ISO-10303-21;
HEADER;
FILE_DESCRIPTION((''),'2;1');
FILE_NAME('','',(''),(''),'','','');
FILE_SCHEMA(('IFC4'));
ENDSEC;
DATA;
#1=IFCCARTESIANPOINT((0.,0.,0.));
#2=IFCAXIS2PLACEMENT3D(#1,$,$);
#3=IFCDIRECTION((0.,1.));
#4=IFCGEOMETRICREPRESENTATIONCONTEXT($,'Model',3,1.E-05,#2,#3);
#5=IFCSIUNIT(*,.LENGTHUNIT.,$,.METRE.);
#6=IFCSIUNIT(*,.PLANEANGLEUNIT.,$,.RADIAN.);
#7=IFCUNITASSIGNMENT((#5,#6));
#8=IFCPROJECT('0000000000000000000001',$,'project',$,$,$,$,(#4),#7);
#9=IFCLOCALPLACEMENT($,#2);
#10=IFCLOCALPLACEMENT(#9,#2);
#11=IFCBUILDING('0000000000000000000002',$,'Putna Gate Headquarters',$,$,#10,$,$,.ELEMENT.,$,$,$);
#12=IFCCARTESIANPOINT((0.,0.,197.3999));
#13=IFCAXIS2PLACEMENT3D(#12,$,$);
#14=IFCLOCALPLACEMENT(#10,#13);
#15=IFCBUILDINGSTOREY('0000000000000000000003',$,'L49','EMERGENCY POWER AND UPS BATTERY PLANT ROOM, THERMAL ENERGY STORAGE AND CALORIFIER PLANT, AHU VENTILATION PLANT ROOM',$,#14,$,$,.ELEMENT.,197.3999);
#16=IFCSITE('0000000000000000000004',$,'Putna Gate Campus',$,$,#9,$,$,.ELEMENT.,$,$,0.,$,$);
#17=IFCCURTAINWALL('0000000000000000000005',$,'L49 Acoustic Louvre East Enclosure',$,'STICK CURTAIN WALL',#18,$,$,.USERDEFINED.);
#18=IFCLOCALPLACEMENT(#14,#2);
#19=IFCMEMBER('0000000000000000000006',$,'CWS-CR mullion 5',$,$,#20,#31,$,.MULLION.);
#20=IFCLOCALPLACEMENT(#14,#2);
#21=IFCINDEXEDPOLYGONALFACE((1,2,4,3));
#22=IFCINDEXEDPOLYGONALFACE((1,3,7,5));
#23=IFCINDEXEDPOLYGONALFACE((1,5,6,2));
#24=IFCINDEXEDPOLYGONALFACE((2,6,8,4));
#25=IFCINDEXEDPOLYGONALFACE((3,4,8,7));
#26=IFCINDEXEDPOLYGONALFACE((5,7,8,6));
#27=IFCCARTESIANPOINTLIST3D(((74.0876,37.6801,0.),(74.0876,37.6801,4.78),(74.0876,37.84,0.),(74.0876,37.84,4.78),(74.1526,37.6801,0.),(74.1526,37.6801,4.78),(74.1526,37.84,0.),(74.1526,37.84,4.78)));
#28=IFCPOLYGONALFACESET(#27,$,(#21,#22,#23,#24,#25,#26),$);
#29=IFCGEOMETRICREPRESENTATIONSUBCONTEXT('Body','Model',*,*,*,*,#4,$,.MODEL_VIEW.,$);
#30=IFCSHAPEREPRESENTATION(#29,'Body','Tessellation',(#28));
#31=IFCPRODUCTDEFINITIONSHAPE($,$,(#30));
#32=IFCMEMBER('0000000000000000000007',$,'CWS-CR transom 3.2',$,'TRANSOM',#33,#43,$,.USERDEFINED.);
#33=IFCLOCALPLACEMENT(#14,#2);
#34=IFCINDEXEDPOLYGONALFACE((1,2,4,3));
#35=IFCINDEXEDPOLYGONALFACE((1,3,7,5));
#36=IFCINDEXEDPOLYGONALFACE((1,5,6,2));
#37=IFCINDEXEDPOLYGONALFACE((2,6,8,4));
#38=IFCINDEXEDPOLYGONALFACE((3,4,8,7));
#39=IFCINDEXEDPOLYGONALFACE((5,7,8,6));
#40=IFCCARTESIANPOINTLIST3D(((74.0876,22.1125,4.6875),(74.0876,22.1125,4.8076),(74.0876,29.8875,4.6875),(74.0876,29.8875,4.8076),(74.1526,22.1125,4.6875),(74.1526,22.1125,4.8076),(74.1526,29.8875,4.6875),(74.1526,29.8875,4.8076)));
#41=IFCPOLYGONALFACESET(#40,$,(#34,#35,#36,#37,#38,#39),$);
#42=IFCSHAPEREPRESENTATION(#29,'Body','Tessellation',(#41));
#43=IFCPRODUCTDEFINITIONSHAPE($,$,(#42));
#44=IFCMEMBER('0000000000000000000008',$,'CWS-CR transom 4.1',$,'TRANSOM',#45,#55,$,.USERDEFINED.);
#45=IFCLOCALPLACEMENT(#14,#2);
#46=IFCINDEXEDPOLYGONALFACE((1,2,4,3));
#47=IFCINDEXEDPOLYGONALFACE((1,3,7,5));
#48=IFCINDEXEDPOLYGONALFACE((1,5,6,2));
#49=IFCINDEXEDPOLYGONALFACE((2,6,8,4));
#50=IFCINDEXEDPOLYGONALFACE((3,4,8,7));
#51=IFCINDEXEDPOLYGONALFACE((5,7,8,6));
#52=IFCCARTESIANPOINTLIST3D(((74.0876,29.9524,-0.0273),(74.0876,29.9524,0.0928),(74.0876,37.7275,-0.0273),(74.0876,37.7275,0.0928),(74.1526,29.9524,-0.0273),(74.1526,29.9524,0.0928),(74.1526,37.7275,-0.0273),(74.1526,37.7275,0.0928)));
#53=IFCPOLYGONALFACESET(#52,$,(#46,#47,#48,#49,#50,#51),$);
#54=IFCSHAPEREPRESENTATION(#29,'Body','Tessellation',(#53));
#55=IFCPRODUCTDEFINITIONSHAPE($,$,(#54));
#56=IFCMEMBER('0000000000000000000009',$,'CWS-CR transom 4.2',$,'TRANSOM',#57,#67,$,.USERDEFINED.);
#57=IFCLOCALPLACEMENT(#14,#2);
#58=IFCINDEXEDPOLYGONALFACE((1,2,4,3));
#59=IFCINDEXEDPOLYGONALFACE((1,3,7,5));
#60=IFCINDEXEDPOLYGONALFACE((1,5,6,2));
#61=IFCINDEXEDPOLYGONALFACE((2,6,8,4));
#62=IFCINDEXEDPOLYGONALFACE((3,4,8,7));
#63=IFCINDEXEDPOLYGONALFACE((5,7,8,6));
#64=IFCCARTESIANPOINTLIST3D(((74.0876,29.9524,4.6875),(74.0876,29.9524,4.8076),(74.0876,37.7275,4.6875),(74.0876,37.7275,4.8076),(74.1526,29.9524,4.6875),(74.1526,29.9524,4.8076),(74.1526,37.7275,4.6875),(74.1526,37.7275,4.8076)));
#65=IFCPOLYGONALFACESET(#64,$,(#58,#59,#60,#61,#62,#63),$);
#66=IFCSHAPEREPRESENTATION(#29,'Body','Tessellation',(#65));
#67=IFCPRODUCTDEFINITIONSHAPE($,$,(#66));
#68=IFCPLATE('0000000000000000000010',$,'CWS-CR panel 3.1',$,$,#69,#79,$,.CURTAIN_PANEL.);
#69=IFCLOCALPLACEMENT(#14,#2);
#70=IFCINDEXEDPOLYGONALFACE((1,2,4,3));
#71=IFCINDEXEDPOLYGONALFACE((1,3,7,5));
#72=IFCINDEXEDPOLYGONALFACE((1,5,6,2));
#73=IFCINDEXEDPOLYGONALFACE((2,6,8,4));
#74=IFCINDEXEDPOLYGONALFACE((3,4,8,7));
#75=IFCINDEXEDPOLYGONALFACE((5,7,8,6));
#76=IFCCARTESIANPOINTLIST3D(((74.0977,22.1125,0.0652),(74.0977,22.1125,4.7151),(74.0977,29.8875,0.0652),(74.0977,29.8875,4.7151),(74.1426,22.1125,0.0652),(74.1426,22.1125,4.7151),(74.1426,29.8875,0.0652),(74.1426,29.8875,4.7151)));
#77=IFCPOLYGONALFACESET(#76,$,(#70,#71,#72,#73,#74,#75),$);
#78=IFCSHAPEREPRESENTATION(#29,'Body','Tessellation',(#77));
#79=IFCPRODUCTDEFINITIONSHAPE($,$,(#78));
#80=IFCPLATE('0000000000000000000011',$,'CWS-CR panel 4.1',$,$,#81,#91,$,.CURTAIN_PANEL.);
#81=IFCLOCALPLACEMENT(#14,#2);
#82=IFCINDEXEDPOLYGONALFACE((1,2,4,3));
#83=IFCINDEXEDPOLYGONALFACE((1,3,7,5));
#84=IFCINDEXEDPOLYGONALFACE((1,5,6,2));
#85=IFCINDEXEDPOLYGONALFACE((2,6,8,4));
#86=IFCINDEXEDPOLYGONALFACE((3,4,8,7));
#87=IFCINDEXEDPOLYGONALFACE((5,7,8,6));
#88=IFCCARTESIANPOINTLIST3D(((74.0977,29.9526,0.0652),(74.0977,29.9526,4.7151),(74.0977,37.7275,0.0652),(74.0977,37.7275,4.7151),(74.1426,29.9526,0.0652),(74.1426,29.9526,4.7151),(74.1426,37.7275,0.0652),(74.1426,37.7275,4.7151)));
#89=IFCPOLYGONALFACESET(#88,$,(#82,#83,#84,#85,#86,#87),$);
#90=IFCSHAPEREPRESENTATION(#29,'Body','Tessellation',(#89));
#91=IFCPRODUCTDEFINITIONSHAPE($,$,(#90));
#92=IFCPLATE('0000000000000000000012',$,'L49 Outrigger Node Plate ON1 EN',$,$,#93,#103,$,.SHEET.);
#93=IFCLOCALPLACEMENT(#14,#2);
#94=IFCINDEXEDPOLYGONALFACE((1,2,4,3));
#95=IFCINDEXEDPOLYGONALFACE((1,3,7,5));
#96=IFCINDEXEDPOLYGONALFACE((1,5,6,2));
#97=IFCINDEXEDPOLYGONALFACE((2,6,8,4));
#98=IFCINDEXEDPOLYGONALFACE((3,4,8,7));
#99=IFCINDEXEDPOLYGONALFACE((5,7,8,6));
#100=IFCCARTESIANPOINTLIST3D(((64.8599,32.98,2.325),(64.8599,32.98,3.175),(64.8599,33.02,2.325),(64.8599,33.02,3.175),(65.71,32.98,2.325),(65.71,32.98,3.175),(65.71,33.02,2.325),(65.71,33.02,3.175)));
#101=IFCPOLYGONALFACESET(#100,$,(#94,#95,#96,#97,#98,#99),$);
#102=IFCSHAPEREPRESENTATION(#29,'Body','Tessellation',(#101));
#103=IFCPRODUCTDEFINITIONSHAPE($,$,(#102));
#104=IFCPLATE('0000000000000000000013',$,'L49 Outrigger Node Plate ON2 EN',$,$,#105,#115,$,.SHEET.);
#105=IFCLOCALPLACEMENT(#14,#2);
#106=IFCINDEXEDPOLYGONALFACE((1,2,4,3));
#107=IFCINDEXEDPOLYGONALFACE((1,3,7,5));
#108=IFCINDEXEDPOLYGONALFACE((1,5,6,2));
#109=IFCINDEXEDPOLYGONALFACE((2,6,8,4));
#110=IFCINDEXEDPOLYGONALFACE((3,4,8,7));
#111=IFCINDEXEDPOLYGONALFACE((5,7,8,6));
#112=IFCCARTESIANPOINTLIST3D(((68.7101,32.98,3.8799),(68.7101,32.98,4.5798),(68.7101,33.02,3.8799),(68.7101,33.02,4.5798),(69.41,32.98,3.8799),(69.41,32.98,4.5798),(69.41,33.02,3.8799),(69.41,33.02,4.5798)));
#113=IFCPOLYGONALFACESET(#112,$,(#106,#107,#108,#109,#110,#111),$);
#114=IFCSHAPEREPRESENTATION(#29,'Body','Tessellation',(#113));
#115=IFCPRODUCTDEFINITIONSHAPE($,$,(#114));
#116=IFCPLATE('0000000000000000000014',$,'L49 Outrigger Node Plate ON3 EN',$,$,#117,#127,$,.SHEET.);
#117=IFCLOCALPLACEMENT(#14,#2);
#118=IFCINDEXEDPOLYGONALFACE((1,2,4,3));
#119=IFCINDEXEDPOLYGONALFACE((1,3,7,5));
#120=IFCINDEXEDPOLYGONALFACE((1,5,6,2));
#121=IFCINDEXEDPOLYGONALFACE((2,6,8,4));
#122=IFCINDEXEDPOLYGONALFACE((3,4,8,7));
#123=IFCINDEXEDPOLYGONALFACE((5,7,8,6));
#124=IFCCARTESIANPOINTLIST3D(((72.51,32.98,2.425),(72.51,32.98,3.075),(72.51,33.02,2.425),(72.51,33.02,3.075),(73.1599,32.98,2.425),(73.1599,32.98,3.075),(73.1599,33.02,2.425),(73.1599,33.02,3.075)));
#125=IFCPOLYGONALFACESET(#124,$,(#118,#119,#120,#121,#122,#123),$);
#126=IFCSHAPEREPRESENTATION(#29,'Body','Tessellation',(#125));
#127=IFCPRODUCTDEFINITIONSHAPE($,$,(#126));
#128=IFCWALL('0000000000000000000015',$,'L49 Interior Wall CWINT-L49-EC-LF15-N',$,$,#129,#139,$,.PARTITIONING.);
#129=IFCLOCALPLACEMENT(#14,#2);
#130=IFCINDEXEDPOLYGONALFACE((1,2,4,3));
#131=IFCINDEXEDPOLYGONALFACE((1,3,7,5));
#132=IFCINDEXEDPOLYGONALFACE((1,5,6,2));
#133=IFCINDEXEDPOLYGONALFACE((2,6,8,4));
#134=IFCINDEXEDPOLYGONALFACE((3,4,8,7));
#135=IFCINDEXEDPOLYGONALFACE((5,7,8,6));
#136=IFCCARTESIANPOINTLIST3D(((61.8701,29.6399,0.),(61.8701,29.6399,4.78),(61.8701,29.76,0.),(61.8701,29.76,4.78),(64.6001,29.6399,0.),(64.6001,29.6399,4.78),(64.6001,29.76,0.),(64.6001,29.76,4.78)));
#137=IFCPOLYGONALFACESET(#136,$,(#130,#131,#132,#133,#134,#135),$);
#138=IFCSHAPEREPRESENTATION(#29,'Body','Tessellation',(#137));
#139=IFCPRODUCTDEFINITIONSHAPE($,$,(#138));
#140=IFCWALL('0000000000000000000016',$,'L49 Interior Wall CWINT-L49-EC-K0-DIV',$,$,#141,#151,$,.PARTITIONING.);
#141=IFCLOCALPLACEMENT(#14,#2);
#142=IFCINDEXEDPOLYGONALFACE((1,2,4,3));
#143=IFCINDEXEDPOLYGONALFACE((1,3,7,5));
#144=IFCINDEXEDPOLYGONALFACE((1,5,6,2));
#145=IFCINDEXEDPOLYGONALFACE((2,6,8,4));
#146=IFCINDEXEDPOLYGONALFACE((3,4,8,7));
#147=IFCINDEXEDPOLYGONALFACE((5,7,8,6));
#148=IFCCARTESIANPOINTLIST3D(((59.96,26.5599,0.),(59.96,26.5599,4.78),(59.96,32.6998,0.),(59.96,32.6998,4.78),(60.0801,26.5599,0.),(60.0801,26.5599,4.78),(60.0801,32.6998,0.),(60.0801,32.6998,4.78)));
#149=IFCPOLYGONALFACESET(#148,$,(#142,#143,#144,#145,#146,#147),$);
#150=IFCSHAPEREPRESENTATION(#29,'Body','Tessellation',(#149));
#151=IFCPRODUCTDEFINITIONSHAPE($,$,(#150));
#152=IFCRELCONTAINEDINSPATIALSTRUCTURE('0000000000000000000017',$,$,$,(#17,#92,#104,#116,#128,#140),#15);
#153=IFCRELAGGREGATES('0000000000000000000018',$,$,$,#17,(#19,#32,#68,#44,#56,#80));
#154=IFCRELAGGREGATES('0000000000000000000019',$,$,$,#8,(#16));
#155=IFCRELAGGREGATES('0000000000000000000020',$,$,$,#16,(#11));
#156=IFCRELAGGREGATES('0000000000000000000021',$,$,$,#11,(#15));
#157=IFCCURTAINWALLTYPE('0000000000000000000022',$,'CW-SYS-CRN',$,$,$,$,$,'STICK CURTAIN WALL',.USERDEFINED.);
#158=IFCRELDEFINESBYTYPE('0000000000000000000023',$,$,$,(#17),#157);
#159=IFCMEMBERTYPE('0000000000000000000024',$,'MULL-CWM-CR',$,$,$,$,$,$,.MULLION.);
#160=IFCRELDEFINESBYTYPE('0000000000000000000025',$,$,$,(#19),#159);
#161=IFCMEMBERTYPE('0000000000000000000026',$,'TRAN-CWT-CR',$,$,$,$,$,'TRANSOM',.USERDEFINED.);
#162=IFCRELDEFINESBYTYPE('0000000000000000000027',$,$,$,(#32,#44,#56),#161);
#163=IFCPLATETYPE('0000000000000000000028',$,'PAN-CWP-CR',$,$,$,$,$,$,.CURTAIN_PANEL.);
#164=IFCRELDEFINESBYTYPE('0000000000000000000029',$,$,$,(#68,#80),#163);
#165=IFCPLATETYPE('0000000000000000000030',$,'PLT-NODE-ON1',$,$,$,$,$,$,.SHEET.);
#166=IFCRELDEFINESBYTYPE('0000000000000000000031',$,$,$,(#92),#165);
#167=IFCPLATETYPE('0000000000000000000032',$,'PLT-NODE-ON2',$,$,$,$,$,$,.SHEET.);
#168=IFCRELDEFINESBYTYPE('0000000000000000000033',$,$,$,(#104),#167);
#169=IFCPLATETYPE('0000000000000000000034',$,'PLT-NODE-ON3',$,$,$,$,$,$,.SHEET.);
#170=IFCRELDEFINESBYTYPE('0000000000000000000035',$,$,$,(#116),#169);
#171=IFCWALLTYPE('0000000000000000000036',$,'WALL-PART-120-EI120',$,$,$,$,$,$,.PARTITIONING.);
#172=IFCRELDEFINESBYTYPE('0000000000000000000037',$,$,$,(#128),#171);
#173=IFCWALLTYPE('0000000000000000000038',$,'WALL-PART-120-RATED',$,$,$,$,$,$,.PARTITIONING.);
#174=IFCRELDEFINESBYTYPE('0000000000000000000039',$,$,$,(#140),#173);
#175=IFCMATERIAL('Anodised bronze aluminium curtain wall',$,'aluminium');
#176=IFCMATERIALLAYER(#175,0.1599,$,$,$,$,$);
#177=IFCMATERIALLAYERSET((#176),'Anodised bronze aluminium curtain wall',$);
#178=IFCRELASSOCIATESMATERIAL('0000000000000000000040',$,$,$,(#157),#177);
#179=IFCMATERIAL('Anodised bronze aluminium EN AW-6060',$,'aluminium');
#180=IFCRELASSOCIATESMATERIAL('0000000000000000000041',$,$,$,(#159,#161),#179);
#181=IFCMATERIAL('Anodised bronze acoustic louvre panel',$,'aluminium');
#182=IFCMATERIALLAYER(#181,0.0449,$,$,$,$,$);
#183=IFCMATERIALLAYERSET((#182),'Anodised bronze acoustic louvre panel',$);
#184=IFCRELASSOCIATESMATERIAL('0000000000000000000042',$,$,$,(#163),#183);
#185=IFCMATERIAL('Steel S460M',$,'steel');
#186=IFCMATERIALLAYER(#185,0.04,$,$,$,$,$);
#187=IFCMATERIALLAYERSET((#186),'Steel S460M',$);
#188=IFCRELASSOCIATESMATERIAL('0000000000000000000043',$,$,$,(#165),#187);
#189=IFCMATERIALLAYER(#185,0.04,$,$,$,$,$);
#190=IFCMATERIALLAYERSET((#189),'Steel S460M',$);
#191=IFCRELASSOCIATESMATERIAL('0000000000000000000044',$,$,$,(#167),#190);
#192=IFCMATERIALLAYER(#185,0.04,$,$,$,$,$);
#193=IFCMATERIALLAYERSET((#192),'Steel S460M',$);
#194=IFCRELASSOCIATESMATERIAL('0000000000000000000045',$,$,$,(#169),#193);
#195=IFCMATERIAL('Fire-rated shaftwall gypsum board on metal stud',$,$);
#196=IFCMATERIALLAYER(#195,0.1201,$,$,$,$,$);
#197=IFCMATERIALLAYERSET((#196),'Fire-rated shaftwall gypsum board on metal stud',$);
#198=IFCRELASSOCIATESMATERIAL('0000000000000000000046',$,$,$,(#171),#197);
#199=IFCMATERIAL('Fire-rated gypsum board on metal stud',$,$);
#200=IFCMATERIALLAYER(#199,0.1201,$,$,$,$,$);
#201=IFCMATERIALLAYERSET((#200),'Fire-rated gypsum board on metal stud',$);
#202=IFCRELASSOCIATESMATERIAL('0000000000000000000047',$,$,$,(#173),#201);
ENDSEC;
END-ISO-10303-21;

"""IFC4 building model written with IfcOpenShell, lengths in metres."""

from ifc_helpers import new_model, si_unit, direction, frame, frame_2d, origin, origin_2d, place, context, subcontext, project, spatial, rectangle, extrude, material, layer, layer_set, material_profile, profile_set, type_object, element, aggregate, save


model = new_model("IFC4")

# Units and contexts
model_context = context("Model", 3, precision=1e-05, world=origin(), true_north=direction((0.0, 1.0)))
body_context = subcontext(model_context, "Body", "Model", "MODEL_VIEW")
ifc_project = project(units=[si_unit("LENGTHUNIT", "METRE"), si_unit("PLANEANGLEUNIT", "RADIAN")], contexts=[model_context])

# Site, building, storey
site_placement = place(None, origin())
site = spatial("IfcSite", under=ifc_project, at=site_placement, Name="Putna Gate Campus", CompositionType="ELEMENT", RefElevation=0.0)
building_placement = place(site_placement, origin())
building = spatial("IfcBuilding", under=site, at=building_placement, Name="Putna Gate Headquarters", CompositionType="ELEMENT")
storey_placement = place(building_placement, frame((0.0, 0.0, 197.3999)))
storey = spatial("IfcBuildingStorey", under=building, at=storey_placement, Name="L49", Description="EMERGENCY POWER AND UPS BATTERY PLANT ROOM, THERMAL ENERGY STORAGE AND CALORIFIER PLANT, AHU VENTILATION PLANT ROOM", CompositionType="ELEMENT", Elevation=197.3999)

# Shared definitions
ifc_material_1 = material(Name="Steel S460M", Category="steel")

# Curtain wall, members, plates
ifc_material_2 = material(Name="Anodised bronze aluminium curtain wall", Category="aluminium")
ifc_layer_1 = layer(ifc_material_2, 0.1599)
ifc_layer_set_1 = layer_set([ifc_layer_1], Name="Anodised bronze aluminium curtain wall")
curtain_wall_type = type_object("IfcCurtainWallType", Name="CW-SYS-CRN", ElementType="STICK CURTAIN WALL", PredefinedType="USERDEFINED", material=ifc_layer_set_1)
curtain_wall_placement = place(storey_placement, origin())
curtain_wall = element("IfcCurtainWall", 1, at=curtain_wall_placement, inside=storey, type_object=curtain_wall_type, Name="L49 Acoustic Louvre East Enclosure", ObjectType="STICK CURTAIN WALL", PredefinedType="USERDEFINED")
ifc_material_3 = material(Name="Anodised bronze aluminium EN AW-6060", Category="aluminium")
ifc_material_profile_1 = material_profile(ifc_material_3, rectangle(XDim=0.0649, YDim=0.1599, at=origin_2d()), Name="Anodised bronze aluminium EN AW-6060")
ifc_profile_set_1 = profile_set([ifc_material_profile_1], Name="Anodised bronze aluminium EN AW-6060")
member_type_1 = type_object("IfcMemberType", Name="MULL-CWM-CR", PredefinedType="MULLION", material=ifc_profile_set_1)
member_1_placement = place(storey_placement, frame((74.1201, 37.76, 0.0), z_axis=(0.0, 0.0, 1.0), x_axis=(-1.0, 0.0, 0.0)))
member_1 = element("IfcMember", 2, at=member_1_placement, type_object=member_type_1, Name="CWS-CR mullion 5", PredefinedType="MULLION", context=body_context, shape_type="SweptSolid", body=[
    extrude(rectangle(XDim=0.0649, YDim=0.1599, at=origin_2d()), origin(), (0.0, 0.0, 1.0), 4.78),
])
ifc_material_profile_2 = material_profile(ifc_material_3, rectangle(XDim=0.0649, YDim=0.1201, at=origin_2d()), Name="Anodised bronze aluminium EN AW-6060")
ifc_profile_set_2 = profile_set([ifc_material_profile_2], Name="Anodised bronze aluminium EN AW-6060")
member_type_2 = type_object("IfcMemberType", Name="TRAN-CWT-CR", ElementType="TRANSOM", PredefinedType="USERDEFINED", material=ifc_profile_set_2)
member_2_placement = place(storey_placement, frame((74.1201, 22.1125, 4.7476), z_axis=(0.0, 1.0, 0.0), x_axis=(-1.0, 0.0, 0.0)))
member_2 = element("IfcMember", 3, at=member_2_placement, type_object=member_type_2, Name="CWS-CR transom 3.2", ObjectType="TRANSOM", PredefinedType="USERDEFINED", context=body_context, shape_type="SweptSolid", body=[
    extrude(rectangle(XDim=0.0649, YDim=0.1201, at=origin_2d()), origin(), (0.0, 0.0, 1.0), 7.7749),
])
member_3_placement = place(storey_placement, frame((74.1201, 29.9524, 0.0327), z_axis=(0.0, 1.0, 0.0), x_axis=(-1.0, 0.0, 0.0)))
member_3 = element("IfcMember", 4, at=member_3_placement, type_object=member_type_2, Name="CWS-CR transom 4.1", ObjectType="TRANSOM", PredefinedType="USERDEFINED", context=body_context, shape_type="SweptSolid", body=[
    extrude(rectangle(XDim=0.0649, YDim=0.1201, at=origin_2d()), origin(), (0.0, 0.0, 1.0), 7.7751),
])
member_4_placement = place(storey_placement, frame((74.1201, 29.9524, 4.7476), z_axis=(0.0, 1.0, 0.0), x_axis=(-1.0, 0.0, 0.0)))
member_4 = element("IfcMember", 5, at=member_4_placement, type_object=member_type_2, Name="CWS-CR transom 4.2", ObjectType="TRANSOM", PredefinedType="USERDEFINED", context=body_context, shape_type="SweptSolid", body=[
    extrude(rectangle(XDim=0.0649, YDim=0.1201, at=origin_2d()), origin(), (0.0, 0.0, 1.0), 7.7751),
])
ifc_material_4 = material(Name="Anodised bronze acoustic louvre panel", Category="aluminium")
ifc_layer_2 = layer(ifc_material_4, 0.0449)
ifc_layer_set_2 = layer_set([ifc_layer_2], Name="Anodised bronze acoustic louvre panel")
plate_type_1 = type_object("IfcPlateType", Name="PAN-CWP-CR", PredefinedType="CURTAIN_PANEL", material=ifc_layer_set_2)
plate_1_placement = place(storey_placement, frame((74.1201, 26.0, 0.0652), z_axis=(0.0, 0.0, 1.0), x_axis=(0.0, 1.0, 0.0)))
plate_1 = element("IfcPlate", 6, at=plate_1_placement, type_object=plate_type_1, Name="CWS-CR panel 3.1", PredefinedType="CURTAIN_PANEL", context=body_context, shape_type="SweptSolid", body=[
    extrude(rectangle(XDim=7.7749, YDim=0.0449, at=origin_2d()), origin(), (0.0, 0.0, 1.0), 4.6499),
])
plate_2_placement = place(storey_placement, frame((74.1201, 33.8401, 0.0652), z_axis=(0.0, 0.0, 1.0), x_axis=(0.0, 1.0, 0.0)))
plate_2 = element("IfcPlate", 7, at=plate_2_placement, type_object=plate_type_1, Name="CWS-CR panel 4.1", PredefinedType="CURTAIN_PANEL", context=body_context, shape_type="SweptSolid", body=[
    extrude(rectangle(XDim=7.7749, YDim=0.0449, at=origin_2d()), origin(), (0.0, 0.0, 1.0), 4.6499),
])
aggregate(curtain_wall, [member_1, member_2, plate_1, member_3, member_4, plate_2])

# Plates
ifc_layer_3 = layer(ifc_material_1, 0.04)
ifc_layer_set_3 = layer_set([ifc_layer_3], Name="Steel S460M")
plate_type_2 = type_object("IfcPlateType", Name="PLT-NODE-ON1", PredefinedType="SHEET", material=ifc_layer_set_3)
plate_3_placement = place(storey_placement, frame((65.2849, 33.0, 2.325), z_axis=(0.0, 0.0, 1.0), x_axis=(1.0, 0.0, 0.0)))
element("IfcPlate", 8, at=plate_3_placement, inside=storey, type_object=plate_type_2, Name="L49 Outrigger Node Plate ON1 EN", PredefinedType="SHEET", context=body_context, shape_type="SweptSolid", body=[
    extrude(rectangle(XDim=0.8501, YDim=0.04, at=origin_2d()), origin(), (0.0, 0.0, 1.0), 0.8501),
])
ifc_layer_4 = layer(ifc_material_1, 0.04)
ifc_layer_set_4 = layer_set([ifc_layer_4], Name="Steel S460M")
plate_type_3 = type_object("IfcPlateType", Name="PLT-NODE-ON2", PredefinedType="SHEET", material=ifc_layer_set_4)
plate_4_placement = place(storey_placement, frame((69.0601, 33.0, 3.8799), z_axis=(0.0, 0.0, 1.0), x_axis=(1.0, 0.0, 0.0)))
element("IfcPlate", 9, at=plate_4_placement, inside=storey, type_object=plate_type_3, Name="L49 Outrigger Node Plate ON2 EN", PredefinedType="SHEET", context=body_context, shape_type="SweptSolid", body=[
    extrude(rectangle(XDim=0.7, YDim=0.04, at=origin_2d()), origin(), (0.0, 0.0, 1.0), 0.7),
])
ifc_layer_5 = layer(ifc_material_1, 0.04)
ifc_layer_set_5 = layer_set([ifc_layer_5], Name="Steel S460M")
plate_type_4 = type_object("IfcPlateType", Name="PLT-NODE-ON3", PredefinedType="SHEET", material=ifc_layer_set_5)
plate_5_placement = place(storey_placement, frame((72.835, 33.0, 2.425), z_axis=(0.0, 0.0, 1.0), x_axis=(1.0, 0.0, 0.0)))
element("IfcPlate", 10, at=plate_5_placement, inside=storey, type_object=plate_type_4, Name="L49 Outrigger Node Plate ON3 EN", PredefinedType="SHEET", context=body_context, shape_type="SweptSolid", body=[
    extrude(rectangle(XDim=0.6499, YDim=0.04, at=origin_2d()), origin(), (0.0, 0.0, 1.0), 0.6499),
])

# Walls
ifc_material_5 = material(Name="Fire-rated shaftwall gypsum board on metal stud")
ifc_layer_6 = layer(ifc_material_5, 0.1201)
ifc_layer_set_6 = layer_set([ifc_layer_6], Name="Fire-rated shaftwall gypsum board on metal stud")
wall_type_1 = type_object("IfcWallType", Name="WALL-PART-120-EI120", PredefinedType="PARTITIONING", material=ifc_layer_set_6)
wall_1_placement = place(storey_placement, frame((61.8701, 29.7, 0.0), z_axis=(0.0, 0.0, 1.0), x_axis=(1.0, 0.0, 0.0)))
element("IfcWall", 11, at=wall_1_placement, inside=storey, type_object=wall_type_1, Name="L49 Interior Wall CWINT-L49-EC-LF15-N", PredefinedType="PARTITIONING", context=body_context, shape_type="SweptSolid", body=[
    extrude(rectangle(XDim=2.73, YDim=0.1201, at=frame_2d((1.365, 0.0))), origin(), (0.0, 0.0, 1.0), 4.78),
])
ifc_material_6 = material(Name="Fire-rated gypsum board on metal stud")
ifc_layer_7 = layer(ifc_material_6, 0.1201)
ifc_layer_set_7 = layer_set([ifc_layer_7], Name="Fire-rated gypsum board on metal stud")
wall_type_2 = type_object("IfcWallType", Name="WALL-PART-120-RATED", PredefinedType="PARTITIONING", material=ifc_layer_set_7)
wall_2_placement = place(storey_placement, frame((60.02, 26.5601, 0.0), z_axis=(0.0, 0.0, 1.0), x_axis=(0.0, 1.0, 0.0)))
element("IfcWall", 12, at=wall_2_placement, inside=storey, type_object=wall_type_2, Name="L49 Interior Wall CWINT-L49-EC-K0-DIV", PredefinedType="PARTITIONING", context=body_context, shape_type="SweptSolid", body=[
    extrude(rectangle(XDim=6.1399, YDim=0.1201, at=frame_2d((3.0698, 0.0))), origin(), (0.0, 0.0, 1.0), 4.78),
])

save(model, "model.ifc")
